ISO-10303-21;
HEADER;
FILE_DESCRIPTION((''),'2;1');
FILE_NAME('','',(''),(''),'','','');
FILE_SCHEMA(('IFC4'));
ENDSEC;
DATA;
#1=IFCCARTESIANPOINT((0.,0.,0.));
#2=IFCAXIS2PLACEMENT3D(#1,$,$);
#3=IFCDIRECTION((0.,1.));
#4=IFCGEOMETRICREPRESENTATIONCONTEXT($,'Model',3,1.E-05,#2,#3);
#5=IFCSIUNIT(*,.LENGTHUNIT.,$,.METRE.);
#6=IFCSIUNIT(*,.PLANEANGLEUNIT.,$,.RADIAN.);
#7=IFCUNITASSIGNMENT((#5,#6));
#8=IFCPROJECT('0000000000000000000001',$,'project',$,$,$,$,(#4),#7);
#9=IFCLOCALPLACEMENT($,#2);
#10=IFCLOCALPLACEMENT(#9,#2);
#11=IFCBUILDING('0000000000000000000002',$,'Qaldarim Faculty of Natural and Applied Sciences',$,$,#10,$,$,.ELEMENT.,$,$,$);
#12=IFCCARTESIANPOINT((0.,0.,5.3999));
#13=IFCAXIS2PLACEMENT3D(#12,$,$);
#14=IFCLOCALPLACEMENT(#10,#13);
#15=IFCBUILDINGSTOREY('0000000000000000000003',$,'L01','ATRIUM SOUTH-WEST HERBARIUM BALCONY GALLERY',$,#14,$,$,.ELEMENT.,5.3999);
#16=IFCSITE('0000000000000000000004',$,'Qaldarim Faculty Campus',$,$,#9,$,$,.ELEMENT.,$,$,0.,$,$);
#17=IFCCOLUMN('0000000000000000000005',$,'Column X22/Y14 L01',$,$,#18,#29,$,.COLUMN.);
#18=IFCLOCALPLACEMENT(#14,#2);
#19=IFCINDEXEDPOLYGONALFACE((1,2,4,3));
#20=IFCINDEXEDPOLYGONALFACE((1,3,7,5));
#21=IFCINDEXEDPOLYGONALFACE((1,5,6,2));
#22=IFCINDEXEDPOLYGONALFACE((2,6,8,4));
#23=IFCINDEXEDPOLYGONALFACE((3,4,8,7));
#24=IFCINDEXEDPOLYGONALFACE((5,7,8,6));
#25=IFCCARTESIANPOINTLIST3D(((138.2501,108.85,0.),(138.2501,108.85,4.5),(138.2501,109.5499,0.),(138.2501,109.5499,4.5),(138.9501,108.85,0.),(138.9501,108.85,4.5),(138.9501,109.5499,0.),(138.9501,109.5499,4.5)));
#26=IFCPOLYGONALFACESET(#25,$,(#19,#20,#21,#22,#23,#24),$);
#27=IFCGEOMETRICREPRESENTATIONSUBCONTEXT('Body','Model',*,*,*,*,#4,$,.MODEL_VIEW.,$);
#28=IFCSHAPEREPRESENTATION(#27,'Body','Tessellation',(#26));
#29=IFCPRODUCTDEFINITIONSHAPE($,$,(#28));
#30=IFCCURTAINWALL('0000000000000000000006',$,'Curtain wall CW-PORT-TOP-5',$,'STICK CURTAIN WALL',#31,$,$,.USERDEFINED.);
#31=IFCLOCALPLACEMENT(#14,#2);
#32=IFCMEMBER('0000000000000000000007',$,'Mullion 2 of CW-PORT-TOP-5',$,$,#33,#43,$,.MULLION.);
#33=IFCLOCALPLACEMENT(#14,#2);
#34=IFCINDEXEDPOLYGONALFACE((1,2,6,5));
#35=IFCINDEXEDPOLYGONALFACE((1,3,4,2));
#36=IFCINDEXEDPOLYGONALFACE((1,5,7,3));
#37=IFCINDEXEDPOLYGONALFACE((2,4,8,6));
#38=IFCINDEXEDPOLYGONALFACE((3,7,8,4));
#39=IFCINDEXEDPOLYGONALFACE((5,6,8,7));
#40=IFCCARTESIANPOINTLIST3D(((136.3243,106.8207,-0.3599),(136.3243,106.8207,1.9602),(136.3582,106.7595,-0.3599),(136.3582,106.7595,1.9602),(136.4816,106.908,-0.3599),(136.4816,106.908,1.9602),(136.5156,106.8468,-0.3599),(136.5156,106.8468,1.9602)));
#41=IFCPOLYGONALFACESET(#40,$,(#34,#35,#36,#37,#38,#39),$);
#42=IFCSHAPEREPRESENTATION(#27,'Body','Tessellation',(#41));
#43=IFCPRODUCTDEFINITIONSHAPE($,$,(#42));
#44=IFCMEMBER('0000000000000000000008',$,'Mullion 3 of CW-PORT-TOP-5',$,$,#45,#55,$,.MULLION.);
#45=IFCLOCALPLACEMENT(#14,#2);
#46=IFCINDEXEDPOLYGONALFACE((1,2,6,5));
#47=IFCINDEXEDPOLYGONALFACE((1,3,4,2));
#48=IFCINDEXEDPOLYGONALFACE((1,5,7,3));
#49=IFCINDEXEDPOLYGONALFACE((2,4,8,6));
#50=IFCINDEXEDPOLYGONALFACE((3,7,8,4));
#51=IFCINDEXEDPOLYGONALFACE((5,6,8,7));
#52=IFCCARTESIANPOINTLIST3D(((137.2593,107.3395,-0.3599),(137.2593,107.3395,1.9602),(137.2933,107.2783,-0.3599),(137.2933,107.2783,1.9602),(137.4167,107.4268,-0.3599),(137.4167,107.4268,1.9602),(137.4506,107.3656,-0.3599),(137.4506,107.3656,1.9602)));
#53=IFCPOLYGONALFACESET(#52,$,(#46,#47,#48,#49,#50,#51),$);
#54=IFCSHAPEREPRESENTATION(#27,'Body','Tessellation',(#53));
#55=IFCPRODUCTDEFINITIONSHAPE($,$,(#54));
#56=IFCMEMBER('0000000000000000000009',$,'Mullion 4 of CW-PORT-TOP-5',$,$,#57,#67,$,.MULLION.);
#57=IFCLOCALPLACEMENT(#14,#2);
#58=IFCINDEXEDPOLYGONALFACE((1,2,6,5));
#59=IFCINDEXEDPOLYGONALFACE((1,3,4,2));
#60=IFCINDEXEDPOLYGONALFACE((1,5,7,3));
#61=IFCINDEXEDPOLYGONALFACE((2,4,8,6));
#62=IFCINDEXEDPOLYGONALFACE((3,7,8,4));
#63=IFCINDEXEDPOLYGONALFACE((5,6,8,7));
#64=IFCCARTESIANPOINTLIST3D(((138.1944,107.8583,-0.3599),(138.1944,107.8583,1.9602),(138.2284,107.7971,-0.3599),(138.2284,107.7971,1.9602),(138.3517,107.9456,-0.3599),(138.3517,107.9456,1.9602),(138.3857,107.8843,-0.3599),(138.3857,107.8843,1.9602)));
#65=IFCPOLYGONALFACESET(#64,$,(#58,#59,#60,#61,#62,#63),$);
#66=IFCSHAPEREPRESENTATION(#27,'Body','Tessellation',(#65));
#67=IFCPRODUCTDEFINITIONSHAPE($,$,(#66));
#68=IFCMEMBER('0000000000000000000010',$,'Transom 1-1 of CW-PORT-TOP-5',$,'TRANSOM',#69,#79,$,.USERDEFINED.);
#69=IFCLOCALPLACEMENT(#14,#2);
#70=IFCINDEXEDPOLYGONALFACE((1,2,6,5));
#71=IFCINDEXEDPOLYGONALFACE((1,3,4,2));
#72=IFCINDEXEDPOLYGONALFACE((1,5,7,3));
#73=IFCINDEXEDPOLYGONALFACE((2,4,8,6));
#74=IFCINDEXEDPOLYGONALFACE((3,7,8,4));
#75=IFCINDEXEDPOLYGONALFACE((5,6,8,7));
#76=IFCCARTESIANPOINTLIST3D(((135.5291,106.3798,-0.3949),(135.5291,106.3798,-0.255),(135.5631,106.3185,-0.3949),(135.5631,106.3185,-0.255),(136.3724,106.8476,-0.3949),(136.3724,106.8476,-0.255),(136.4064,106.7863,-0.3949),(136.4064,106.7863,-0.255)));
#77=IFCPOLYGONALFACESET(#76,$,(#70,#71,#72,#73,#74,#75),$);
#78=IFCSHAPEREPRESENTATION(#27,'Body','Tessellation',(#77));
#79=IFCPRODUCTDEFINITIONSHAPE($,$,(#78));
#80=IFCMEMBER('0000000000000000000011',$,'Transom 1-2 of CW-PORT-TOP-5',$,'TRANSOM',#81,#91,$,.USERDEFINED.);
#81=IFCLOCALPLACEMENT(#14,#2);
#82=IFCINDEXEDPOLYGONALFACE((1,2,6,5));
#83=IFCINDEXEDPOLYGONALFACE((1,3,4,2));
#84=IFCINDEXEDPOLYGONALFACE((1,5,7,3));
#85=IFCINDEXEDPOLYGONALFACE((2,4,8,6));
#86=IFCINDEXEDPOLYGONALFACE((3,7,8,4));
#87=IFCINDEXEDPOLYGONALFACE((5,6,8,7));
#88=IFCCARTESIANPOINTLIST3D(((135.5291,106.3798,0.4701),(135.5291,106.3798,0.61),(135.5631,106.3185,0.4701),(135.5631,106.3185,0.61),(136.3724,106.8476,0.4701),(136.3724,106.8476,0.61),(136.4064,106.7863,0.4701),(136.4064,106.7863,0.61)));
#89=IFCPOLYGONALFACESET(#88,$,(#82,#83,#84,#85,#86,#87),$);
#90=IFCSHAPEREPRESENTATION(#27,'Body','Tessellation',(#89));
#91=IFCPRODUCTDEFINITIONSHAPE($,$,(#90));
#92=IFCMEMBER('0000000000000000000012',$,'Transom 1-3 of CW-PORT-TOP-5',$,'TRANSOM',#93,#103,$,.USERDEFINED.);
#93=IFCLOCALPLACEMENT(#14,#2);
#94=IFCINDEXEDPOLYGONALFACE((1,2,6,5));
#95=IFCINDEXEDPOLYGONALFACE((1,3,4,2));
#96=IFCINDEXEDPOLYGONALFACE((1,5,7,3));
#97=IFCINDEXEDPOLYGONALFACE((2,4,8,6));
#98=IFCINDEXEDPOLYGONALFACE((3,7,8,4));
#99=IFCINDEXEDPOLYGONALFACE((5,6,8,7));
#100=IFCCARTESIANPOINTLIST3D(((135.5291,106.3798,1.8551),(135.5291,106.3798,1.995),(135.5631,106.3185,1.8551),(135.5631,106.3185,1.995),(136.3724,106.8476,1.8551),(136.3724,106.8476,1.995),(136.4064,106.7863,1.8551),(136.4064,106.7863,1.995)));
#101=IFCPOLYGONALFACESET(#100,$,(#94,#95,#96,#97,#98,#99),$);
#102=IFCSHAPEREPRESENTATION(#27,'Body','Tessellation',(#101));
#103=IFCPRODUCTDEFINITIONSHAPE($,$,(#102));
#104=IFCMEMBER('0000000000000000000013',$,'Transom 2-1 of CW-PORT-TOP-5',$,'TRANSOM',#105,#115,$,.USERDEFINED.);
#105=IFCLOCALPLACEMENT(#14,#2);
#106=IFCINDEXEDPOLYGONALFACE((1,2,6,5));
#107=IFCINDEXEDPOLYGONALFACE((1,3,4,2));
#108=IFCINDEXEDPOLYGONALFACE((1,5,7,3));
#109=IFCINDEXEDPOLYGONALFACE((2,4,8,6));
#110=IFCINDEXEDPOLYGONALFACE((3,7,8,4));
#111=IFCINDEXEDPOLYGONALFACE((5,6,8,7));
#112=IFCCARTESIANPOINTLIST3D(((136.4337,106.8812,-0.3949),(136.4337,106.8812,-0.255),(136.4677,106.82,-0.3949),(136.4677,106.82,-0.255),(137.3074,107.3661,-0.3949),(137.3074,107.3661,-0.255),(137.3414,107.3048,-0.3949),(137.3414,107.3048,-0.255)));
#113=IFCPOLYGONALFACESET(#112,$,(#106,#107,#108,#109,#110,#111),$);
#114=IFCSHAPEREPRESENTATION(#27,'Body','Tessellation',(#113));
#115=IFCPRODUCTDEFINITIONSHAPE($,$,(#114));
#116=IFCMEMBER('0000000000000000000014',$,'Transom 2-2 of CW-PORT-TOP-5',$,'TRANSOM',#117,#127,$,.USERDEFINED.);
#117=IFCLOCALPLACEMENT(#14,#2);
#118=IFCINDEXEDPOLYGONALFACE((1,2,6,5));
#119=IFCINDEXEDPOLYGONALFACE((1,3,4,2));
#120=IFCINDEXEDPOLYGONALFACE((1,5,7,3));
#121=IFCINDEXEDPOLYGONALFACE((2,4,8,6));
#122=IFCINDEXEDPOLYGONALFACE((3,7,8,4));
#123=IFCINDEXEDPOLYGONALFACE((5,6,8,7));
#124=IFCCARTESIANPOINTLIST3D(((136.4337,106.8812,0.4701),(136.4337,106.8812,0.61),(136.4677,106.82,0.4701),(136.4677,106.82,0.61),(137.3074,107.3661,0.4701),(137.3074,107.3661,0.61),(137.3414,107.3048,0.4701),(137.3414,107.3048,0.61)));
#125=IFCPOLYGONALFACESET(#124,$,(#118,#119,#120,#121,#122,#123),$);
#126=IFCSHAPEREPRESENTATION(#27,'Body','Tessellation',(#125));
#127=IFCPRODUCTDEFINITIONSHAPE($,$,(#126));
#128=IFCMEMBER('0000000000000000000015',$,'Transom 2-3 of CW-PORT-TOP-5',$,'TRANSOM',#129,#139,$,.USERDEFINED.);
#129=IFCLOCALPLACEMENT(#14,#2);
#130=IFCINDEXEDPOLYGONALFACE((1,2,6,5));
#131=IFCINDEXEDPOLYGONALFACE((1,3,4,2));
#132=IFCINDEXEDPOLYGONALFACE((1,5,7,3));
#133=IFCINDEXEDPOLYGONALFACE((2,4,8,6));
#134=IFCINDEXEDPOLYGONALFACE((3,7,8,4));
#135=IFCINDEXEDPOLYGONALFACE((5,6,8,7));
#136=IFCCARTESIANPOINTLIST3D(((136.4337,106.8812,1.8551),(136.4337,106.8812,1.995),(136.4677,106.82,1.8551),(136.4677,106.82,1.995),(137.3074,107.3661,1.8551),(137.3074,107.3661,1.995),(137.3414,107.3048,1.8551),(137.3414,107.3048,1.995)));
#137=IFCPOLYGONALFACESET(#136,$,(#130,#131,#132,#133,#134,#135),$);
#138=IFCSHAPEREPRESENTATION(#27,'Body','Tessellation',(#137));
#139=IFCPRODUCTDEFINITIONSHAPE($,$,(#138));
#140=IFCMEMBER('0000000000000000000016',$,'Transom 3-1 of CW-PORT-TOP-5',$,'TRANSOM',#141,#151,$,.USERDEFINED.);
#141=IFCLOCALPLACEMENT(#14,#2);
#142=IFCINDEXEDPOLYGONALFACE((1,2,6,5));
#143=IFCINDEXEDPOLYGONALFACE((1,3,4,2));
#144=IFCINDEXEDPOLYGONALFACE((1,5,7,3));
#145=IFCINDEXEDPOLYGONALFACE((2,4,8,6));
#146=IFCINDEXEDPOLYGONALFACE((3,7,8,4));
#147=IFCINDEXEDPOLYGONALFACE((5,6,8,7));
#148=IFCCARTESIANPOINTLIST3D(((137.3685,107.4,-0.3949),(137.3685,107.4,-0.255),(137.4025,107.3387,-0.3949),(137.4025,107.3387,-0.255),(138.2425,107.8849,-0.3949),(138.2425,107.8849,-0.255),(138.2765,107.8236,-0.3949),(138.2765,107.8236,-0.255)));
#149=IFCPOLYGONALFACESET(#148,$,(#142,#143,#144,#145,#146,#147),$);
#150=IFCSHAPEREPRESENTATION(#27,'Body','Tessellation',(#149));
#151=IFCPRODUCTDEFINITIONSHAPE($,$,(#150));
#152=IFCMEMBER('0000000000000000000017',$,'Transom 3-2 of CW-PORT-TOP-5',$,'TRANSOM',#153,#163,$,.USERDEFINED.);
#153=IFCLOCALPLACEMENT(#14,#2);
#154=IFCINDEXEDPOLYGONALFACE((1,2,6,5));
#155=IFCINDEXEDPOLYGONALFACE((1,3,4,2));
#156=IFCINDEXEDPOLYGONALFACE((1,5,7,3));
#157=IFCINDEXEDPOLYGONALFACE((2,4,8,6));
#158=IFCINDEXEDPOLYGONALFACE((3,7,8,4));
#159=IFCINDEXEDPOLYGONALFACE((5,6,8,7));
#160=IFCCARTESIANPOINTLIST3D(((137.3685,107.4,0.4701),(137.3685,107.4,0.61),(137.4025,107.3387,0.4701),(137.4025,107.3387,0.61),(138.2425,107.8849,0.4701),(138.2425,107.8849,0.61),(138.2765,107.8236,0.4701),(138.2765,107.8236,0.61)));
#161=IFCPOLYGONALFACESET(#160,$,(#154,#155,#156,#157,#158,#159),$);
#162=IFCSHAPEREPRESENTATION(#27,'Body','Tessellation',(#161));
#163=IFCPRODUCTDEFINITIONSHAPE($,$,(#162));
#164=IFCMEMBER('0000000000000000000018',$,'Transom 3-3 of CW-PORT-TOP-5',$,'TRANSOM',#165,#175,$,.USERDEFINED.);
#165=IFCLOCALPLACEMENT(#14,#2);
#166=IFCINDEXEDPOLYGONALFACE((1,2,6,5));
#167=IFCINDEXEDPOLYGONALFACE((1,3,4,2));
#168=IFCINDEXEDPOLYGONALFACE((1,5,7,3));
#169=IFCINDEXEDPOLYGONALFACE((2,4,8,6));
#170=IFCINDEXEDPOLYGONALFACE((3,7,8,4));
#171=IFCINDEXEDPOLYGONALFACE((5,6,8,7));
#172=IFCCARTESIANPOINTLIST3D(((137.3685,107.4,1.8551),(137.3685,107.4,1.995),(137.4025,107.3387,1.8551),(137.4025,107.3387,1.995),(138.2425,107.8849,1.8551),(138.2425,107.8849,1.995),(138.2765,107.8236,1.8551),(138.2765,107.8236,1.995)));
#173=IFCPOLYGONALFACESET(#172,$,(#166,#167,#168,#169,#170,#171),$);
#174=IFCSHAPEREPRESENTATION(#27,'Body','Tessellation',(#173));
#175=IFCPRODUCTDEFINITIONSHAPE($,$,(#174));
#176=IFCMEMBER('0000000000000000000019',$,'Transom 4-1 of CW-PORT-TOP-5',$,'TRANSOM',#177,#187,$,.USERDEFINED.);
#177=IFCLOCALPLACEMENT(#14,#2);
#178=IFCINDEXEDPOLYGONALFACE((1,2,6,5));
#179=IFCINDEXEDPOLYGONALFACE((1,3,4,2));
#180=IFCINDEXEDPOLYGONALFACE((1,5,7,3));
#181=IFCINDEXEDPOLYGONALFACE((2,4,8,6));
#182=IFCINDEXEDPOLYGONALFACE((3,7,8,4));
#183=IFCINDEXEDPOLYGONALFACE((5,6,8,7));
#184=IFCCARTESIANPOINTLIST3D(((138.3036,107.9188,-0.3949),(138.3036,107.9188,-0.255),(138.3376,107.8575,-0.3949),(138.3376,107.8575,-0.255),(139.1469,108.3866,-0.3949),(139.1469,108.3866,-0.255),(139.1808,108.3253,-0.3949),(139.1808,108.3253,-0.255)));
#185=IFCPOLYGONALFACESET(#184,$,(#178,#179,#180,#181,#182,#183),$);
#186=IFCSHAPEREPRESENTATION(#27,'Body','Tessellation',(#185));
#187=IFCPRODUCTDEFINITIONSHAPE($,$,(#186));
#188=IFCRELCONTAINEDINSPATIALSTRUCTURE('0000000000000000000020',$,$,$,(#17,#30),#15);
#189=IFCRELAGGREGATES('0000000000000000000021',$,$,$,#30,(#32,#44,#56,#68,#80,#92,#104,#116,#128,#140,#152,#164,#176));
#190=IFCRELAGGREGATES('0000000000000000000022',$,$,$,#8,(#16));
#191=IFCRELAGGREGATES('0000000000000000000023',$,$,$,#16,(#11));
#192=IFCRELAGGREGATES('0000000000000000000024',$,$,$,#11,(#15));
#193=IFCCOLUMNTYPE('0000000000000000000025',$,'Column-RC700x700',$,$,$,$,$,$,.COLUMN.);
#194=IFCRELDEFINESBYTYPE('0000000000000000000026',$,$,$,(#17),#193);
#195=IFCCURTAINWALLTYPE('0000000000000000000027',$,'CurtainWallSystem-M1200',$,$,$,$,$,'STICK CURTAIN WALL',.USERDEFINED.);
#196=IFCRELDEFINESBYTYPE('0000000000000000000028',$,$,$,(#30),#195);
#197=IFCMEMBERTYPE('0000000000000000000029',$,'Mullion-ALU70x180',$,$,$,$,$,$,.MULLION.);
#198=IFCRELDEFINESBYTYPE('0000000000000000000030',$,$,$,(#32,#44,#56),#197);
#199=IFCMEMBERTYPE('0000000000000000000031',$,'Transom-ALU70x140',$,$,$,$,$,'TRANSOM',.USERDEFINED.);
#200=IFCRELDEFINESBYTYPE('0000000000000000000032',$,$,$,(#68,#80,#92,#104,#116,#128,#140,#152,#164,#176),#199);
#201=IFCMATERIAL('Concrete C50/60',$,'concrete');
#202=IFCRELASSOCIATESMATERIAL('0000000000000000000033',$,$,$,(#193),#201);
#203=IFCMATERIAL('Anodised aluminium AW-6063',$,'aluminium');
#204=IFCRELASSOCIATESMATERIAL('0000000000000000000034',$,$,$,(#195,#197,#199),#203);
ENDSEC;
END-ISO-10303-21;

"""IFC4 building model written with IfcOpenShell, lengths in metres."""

from ifc_helpers import new_model, si_unit, direction, frame, origin, origin_2d, place, context, subcontext, project, spatial, rectangle, extrude, material, material_profile, profile_set, type_object, element, aggregate, save


model = new_model("IFC4")

# Units and contexts
model_context = context("Model", 3, precision=1e-05, world=origin(), true_north=direction((0.0, 1.0)))
body_context = subcontext(model_context, "Body", "Model", "MODEL_VIEW")
ifc_project = project(units=[si_unit("LENGTHUNIT", "METRE"), si_unit("PLANEANGLEUNIT", "RADIAN")], contexts=[model_context])

# Site, building, storey
site_placement = place(None, origin())
site = spatial("IfcSite", under=ifc_project, at=site_placement, Name="Qaldarim Faculty Campus", CompositionType="ELEMENT", RefElevation=0.0)
building_placement = place(site_placement, origin())
building = spatial("IfcBuilding", under=site, at=building_placement, Name="Qaldarim Faculty of Natural and Applied Sciences", CompositionType="ELEMENT")
storey_placement = place(building_placement, frame((0.0, 0.0, 5.3999)))
storey = spatial("IfcBuildingStorey", under=building, at=storey_placement, Name="L01", Description="ATRIUM SOUTH-WEST HERBARIUM BALCONY GALLERY", CompositionType="ELEMENT", Elevation=5.3999)

# Column
ifc_material_1 = material(Name="Concrete C50/60", Category="concrete")
ifc_material_profile_1 = material_profile(ifc_material_1, rectangle(XDim=0.7, YDim=0.7, at=origin_2d()), Name="RC-C700x700")
ifc_profile_set_1 = profile_set([ifc_material_profile_1], Name="Concrete C50/60")
column_type = type_object("IfcColumnType", Name="Column-RC700x700", PredefinedType="COLUMN", material=ifc_profile_set_1)
column_placement = place(storey_placement, frame((138.6001, 109.2, 0.0), z_axis=(0.0, 0.0, 1.0), x_axis=(1.0, 0.0, 0.0)))
element("IfcColumn", 1, at=column_placement, inside=storey, type_object=column_type, Name="Column X22/Y14 L01", PredefinedType="COLUMN", context=body_context, shape_type="SweptSolid", body=[
    extrude(rectangle(XDim=0.7, YDim=0.7, at=origin_2d()), origin(), (0.0, 0.0, 1.0), 4.5),
])

# Curtain wall, members
ifc_material_2 = material(Name="Anodised aluminium AW-6063", Category="aluminium")
curtain_wall_type = type_object("IfcCurtainWallType", Name="CurtainWallSystem-M1200", ElementType="STICK CURTAIN WALL", PredefinedType="USERDEFINED", material=ifc_material_2)
curtain_wall_placement = place(storey_placement, origin())
curtain_wall = element("IfcCurtainWall", 2, at=curtain_wall_placement, inside=storey, type_object=curtain_wall_type, Name="Curtain wall CW-PORT-TOP-5", ObjectType="STICK CURTAIN WALL", PredefinedType="USERDEFINED")
ifc_material_profile_2 = material_profile(ifc_material_2, rectangle(XDim=0.0701, YDim=0.1799, at=origin_2d()), Name="ALU-M70x180")
ifc_profile_set_2 = profile_set([ifc_material_profile_2], Name="Anodised aluminium AW-6063")
member_type_1 = type_object("IfcMemberType", Name="Mullion-ALU70x180", PredefinedType="MULLION", material=ifc_profile_set_2)
member_1_placement = place(storey_placement, frame((136.4199, 106.8337, -0.3599), z_axis=(0.0, 0.0, 1.0), x_axis=(-0.485145, 0.874433, 0.0)))
member_1 = element("IfcMember", 3, at=member_1_placement, type_object=member_type_1, Name="Mullion 2 of CW-PORT-TOP-5", PredefinedType="MULLION", context=body_context, shape_type="SweptSolid", body=[
    extrude(rectangle(XDim=0.0701, YDim=0.1799, at=origin_2d()), origin(), (0.0, 0.0, 1.0), 2.3201),
])
member_2_placement = place(storey_placement, frame((137.355, 107.3525, -0.3599), z_axis=(0.0, 0.0, 1.0), x_axis=(-0.485145, 0.874433, 0.0)))
member_2 = element("IfcMember", 4, at=member_2_placement, type_object=member_type_1, Name="Mullion 3 of CW-PORT-TOP-5", PredefinedType="MULLION", context=body_context, shape_type="SweptSolid", body=[
    extrude(rectangle(XDim=0.0701, YDim=0.1799, at=origin_2d()), origin(), (0.0, 0.0, 1.0), 2.3201),
])
member_3_placement = place(storey_placement, frame((138.29, 107.8713, -0.3599), z_axis=(0.0, 0.0, 1.0), x_axis=(-0.485145, 0.874433, 0.0)))
member_3 = element("IfcMember", 5, at=member_3_placement, type_object=member_type_1, Name="Mullion 4 of CW-PORT-TOP-5", PredefinedType="MULLION", context=body_context, shape_type="SweptSolid", body=[
    extrude(rectangle(XDim=0.0701, YDim=0.1799, at=origin_2d()), origin(), (0.0, 0.0, 1.0), 2.3201),
])
ifc_material_profile_3 = material_profile(ifc_material_2, rectangle(XDim=0.0701, YDim=0.1399, at=origin_2d()), Name="ALU-T70x140")
ifc_profile_set_3 = profile_set([ifc_material_profile_3], Name="Anodised aluminium AW-6063")
member_type_2 = type_object("IfcMemberType", Name="Transom-ALU70x140", ElementType="TRANSOM", PredefinedType="USERDEFINED", material=ifc_profile_set_3)
member_4_placement = place(storey_placement, frame((135.5461, 106.3491, -0.325), z_axis=(0.874468, 0.485084, 0.0), x_axis=(-0.485084, 0.874468, 0.0)))
member_4 = element("IfcMember", 6, at=member_4_placement, type_object=member_type_2, Name="Transom 1-1 of CW-PORT-TOP-5", ObjectType="TRANSOM", PredefinedType="USERDEFINED", context=body_context, shape_type="SweptSolid", body=[
    extrude(rectangle(XDim=0.0701, YDim=0.1399, at=origin_2d()), origin(), (0.0, 0.0, 1.0), 0.9644),
])
member_5_placement = place(storey_placement, frame((135.5461, 106.3491, 0.54), z_axis=(0.874468, 0.485084, 0.0), x_axis=(-0.485084, 0.874468, 0.0)))
member_5 = element("IfcMember", 7, at=member_5_placement, type_object=member_type_2, Name="Transom 1-2 of CW-PORT-TOP-5", ObjectType="TRANSOM", PredefinedType="USERDEFINED", context=body_context, shape_type="SweptSolid", body=[
    extrude(rectangle(XDim=0.0701, YDim=0.1399, at=origin_2d()), origin(), (0.0, 0.0, 1.0), 0.9644),
])
member_6_placement = place(storey_placement, frame((135.5461, 106.3491, 1.925), z_axis=(0.874468, 0.485084, 0.0), x_axis=(-0.485084, 0.874468, 0.0)))
member_6 = element("IfcMember", 8, at=member_6_placement, type_object=member_type_2, Name="Transom 1-3 of CW-PORT-TOP-5", ObjectType="TRANSOM", PredefinedType="USERDEFINED", context=body_context, shape_type="SweptSolid", body=[
    extrude(rectangle(XDim=0.0701, YDim=0.1399, at=origin_2d()), origin(), (0.0, 0.0, 1.0), 0.9644),
])
member_7_placement = place(storey_placement, frame((136.4507, 106.8506, -0.325), z_axis=(0.874399, 0.485207, 0.0), x_axis=(-0.485207, 0.874399, 0.0)))
member_7 = element("IfcMember", 9, at=member_7_placement, type_object=member_type_2, Name="Transom 2-1 of CW-PORT-TOP-5", ObjectType="TRANSOM", PredefinedType="USERDEFINED", context=body_context, shape_type="SweptSolid", body=[
    extrude(rectangle(XDim=0.0701, YDim=0.1399, at=origin_2d()), origin(), (0.0, 0.0, 1.0), 0.9993),
])
member_8_placement = place(storey_placement, frame((136.4507, 106.8506, 0.54), z_axis=(0.874399, 0.485207, 0.0), x_axis=(-0.485207, 0.874399, 0.0)))
member_8 = element("IfcMember", 10, at=member_8_placement, type_object=member_type_2, Name="Transom 2-2 of CW-PORT-TOP-5", ObjectType="TRANSOM", PredefinedType="USERDEFINED", context=body_context, shape_type="SweptSolid", body=[
    extrude(rectangle(XDim=0.0701, YDim=0.1399, at=origin_2d()), origin(), (0.0, 0.0, 1.0), 0.9993),
])
member_9_placement = place(storey_placement, frame((136.4507, 106.8506, 1.925), z_axis=(0.874399, 0.485207, 0.0), x_axis=(-0.485207, 0.874399, 0.0)))
member_9 = element("IfcMember", 11, at=member_9_placement, type_object=member_type_2, Name="Transom 2-3 of CW-PORT-TOP-5", ObjectType="TRANSOM", PredefinedType="USERDEFINED", context=body_context, shape_type="SweptSolid", body=[
    extrude(rectangle(XDim=0.0701, YDim=0.1399, at=origin_2d()), origin(), (0.0, 0.0, 1.0), 0.9993),
])
member_10_placement = place(storey_placement, frame((137.3855, 107.3694, -0.325), z_axis=(0.874457, 0.485104, 0.0), x_axis=(-0.485104, 0.874457, 0.0)))
member_10 = element("IfcMember", 12, at=member_10_placement, type_object=member_type_2, Name="Transom 3-1 of CW-PORT-TOP-5", ObjectType="TRANSOM", PredefinedType="USERDEFINED", context=body_context, shape_type="SweptSolid", body=[
    extrude(rectangle(XDim=0.0701, YDim=0.1399, at=origin_2d()), origin(), (0.0, 0.0, 1.0), 0.9995),
])
member_11_placement = place(storey_placement, frame((137.3855, 107.3694, 0.54), z_axis=(0.874457, 0.485104, 0.0), x_axis=(-0.485104, 0.874457, 0.0)))
member_11 = element("IfcMember", 13, at=member_11_placement, type_object=member_type_2, Name="Transom 3-2 of CW-PORT-TOP-5", ObjectType="TRANSOM", PredefinedType="USERDEFINED", context=body_context, shape_type="SweptSolid", body=[
    extrude(rectangle(XDim=0.0701, YDim=0.1399, at=origin_2d()), origin(), (0.0, 0.0, 1.0), 0.9995),
])
member_12_placement = place(storey_placement, frame((137.3855, 107.3694, 1.925), z_axis=(0.874457, 0.485104, 0.0), x_axis=(-0.485104, 0.874457, 0.0)))
member_12 = element("IfcMember", 14, at=member_12_placement, type_object=member_type_2, Name="Transom 3-3 of CW-PORT-TOP-5", ObjectType="TRANSOM", PredefinedType="USERDEFINED", context=body_context, shape_type="SweptSolid", body=[
    extrude(rectangle(XDim=0.0701, YDim=0.1399, at=origin_2d()), origin(), (0.0, 0.0, 1.0), 0.9995),
])
member_13_placement = place(storey_placement, frame((138.3206, 107.8882, -0.325), z_axis=(0.874468, 0.485084, 0.0), x_axis=(-0.485084, 0.874468, 0.0)))
member_13 = element("IfcMember", 15, at=member_13_placement, type_object=member_type_2, Name="Transom 4-1 of CW-PORT-TOP-5", ObjectType="TRANSOM", PredefinedType="USERDEFINED", context=body_context, shape_type="SweptSolid", body=[
    extrude(rectangle(XDim=0.0701, YDim=0.1399, at=origin_2d()), origin(), (0.0, 0.0, 1.0), 0.9644),
])
aggregate(curtain_wall, [member_1, member_2, member_3, member_4, member_5, member_6, member_7, member_8, member_9, member_10, member_11, member_12, member_13])

save(model, "model.ifc")
